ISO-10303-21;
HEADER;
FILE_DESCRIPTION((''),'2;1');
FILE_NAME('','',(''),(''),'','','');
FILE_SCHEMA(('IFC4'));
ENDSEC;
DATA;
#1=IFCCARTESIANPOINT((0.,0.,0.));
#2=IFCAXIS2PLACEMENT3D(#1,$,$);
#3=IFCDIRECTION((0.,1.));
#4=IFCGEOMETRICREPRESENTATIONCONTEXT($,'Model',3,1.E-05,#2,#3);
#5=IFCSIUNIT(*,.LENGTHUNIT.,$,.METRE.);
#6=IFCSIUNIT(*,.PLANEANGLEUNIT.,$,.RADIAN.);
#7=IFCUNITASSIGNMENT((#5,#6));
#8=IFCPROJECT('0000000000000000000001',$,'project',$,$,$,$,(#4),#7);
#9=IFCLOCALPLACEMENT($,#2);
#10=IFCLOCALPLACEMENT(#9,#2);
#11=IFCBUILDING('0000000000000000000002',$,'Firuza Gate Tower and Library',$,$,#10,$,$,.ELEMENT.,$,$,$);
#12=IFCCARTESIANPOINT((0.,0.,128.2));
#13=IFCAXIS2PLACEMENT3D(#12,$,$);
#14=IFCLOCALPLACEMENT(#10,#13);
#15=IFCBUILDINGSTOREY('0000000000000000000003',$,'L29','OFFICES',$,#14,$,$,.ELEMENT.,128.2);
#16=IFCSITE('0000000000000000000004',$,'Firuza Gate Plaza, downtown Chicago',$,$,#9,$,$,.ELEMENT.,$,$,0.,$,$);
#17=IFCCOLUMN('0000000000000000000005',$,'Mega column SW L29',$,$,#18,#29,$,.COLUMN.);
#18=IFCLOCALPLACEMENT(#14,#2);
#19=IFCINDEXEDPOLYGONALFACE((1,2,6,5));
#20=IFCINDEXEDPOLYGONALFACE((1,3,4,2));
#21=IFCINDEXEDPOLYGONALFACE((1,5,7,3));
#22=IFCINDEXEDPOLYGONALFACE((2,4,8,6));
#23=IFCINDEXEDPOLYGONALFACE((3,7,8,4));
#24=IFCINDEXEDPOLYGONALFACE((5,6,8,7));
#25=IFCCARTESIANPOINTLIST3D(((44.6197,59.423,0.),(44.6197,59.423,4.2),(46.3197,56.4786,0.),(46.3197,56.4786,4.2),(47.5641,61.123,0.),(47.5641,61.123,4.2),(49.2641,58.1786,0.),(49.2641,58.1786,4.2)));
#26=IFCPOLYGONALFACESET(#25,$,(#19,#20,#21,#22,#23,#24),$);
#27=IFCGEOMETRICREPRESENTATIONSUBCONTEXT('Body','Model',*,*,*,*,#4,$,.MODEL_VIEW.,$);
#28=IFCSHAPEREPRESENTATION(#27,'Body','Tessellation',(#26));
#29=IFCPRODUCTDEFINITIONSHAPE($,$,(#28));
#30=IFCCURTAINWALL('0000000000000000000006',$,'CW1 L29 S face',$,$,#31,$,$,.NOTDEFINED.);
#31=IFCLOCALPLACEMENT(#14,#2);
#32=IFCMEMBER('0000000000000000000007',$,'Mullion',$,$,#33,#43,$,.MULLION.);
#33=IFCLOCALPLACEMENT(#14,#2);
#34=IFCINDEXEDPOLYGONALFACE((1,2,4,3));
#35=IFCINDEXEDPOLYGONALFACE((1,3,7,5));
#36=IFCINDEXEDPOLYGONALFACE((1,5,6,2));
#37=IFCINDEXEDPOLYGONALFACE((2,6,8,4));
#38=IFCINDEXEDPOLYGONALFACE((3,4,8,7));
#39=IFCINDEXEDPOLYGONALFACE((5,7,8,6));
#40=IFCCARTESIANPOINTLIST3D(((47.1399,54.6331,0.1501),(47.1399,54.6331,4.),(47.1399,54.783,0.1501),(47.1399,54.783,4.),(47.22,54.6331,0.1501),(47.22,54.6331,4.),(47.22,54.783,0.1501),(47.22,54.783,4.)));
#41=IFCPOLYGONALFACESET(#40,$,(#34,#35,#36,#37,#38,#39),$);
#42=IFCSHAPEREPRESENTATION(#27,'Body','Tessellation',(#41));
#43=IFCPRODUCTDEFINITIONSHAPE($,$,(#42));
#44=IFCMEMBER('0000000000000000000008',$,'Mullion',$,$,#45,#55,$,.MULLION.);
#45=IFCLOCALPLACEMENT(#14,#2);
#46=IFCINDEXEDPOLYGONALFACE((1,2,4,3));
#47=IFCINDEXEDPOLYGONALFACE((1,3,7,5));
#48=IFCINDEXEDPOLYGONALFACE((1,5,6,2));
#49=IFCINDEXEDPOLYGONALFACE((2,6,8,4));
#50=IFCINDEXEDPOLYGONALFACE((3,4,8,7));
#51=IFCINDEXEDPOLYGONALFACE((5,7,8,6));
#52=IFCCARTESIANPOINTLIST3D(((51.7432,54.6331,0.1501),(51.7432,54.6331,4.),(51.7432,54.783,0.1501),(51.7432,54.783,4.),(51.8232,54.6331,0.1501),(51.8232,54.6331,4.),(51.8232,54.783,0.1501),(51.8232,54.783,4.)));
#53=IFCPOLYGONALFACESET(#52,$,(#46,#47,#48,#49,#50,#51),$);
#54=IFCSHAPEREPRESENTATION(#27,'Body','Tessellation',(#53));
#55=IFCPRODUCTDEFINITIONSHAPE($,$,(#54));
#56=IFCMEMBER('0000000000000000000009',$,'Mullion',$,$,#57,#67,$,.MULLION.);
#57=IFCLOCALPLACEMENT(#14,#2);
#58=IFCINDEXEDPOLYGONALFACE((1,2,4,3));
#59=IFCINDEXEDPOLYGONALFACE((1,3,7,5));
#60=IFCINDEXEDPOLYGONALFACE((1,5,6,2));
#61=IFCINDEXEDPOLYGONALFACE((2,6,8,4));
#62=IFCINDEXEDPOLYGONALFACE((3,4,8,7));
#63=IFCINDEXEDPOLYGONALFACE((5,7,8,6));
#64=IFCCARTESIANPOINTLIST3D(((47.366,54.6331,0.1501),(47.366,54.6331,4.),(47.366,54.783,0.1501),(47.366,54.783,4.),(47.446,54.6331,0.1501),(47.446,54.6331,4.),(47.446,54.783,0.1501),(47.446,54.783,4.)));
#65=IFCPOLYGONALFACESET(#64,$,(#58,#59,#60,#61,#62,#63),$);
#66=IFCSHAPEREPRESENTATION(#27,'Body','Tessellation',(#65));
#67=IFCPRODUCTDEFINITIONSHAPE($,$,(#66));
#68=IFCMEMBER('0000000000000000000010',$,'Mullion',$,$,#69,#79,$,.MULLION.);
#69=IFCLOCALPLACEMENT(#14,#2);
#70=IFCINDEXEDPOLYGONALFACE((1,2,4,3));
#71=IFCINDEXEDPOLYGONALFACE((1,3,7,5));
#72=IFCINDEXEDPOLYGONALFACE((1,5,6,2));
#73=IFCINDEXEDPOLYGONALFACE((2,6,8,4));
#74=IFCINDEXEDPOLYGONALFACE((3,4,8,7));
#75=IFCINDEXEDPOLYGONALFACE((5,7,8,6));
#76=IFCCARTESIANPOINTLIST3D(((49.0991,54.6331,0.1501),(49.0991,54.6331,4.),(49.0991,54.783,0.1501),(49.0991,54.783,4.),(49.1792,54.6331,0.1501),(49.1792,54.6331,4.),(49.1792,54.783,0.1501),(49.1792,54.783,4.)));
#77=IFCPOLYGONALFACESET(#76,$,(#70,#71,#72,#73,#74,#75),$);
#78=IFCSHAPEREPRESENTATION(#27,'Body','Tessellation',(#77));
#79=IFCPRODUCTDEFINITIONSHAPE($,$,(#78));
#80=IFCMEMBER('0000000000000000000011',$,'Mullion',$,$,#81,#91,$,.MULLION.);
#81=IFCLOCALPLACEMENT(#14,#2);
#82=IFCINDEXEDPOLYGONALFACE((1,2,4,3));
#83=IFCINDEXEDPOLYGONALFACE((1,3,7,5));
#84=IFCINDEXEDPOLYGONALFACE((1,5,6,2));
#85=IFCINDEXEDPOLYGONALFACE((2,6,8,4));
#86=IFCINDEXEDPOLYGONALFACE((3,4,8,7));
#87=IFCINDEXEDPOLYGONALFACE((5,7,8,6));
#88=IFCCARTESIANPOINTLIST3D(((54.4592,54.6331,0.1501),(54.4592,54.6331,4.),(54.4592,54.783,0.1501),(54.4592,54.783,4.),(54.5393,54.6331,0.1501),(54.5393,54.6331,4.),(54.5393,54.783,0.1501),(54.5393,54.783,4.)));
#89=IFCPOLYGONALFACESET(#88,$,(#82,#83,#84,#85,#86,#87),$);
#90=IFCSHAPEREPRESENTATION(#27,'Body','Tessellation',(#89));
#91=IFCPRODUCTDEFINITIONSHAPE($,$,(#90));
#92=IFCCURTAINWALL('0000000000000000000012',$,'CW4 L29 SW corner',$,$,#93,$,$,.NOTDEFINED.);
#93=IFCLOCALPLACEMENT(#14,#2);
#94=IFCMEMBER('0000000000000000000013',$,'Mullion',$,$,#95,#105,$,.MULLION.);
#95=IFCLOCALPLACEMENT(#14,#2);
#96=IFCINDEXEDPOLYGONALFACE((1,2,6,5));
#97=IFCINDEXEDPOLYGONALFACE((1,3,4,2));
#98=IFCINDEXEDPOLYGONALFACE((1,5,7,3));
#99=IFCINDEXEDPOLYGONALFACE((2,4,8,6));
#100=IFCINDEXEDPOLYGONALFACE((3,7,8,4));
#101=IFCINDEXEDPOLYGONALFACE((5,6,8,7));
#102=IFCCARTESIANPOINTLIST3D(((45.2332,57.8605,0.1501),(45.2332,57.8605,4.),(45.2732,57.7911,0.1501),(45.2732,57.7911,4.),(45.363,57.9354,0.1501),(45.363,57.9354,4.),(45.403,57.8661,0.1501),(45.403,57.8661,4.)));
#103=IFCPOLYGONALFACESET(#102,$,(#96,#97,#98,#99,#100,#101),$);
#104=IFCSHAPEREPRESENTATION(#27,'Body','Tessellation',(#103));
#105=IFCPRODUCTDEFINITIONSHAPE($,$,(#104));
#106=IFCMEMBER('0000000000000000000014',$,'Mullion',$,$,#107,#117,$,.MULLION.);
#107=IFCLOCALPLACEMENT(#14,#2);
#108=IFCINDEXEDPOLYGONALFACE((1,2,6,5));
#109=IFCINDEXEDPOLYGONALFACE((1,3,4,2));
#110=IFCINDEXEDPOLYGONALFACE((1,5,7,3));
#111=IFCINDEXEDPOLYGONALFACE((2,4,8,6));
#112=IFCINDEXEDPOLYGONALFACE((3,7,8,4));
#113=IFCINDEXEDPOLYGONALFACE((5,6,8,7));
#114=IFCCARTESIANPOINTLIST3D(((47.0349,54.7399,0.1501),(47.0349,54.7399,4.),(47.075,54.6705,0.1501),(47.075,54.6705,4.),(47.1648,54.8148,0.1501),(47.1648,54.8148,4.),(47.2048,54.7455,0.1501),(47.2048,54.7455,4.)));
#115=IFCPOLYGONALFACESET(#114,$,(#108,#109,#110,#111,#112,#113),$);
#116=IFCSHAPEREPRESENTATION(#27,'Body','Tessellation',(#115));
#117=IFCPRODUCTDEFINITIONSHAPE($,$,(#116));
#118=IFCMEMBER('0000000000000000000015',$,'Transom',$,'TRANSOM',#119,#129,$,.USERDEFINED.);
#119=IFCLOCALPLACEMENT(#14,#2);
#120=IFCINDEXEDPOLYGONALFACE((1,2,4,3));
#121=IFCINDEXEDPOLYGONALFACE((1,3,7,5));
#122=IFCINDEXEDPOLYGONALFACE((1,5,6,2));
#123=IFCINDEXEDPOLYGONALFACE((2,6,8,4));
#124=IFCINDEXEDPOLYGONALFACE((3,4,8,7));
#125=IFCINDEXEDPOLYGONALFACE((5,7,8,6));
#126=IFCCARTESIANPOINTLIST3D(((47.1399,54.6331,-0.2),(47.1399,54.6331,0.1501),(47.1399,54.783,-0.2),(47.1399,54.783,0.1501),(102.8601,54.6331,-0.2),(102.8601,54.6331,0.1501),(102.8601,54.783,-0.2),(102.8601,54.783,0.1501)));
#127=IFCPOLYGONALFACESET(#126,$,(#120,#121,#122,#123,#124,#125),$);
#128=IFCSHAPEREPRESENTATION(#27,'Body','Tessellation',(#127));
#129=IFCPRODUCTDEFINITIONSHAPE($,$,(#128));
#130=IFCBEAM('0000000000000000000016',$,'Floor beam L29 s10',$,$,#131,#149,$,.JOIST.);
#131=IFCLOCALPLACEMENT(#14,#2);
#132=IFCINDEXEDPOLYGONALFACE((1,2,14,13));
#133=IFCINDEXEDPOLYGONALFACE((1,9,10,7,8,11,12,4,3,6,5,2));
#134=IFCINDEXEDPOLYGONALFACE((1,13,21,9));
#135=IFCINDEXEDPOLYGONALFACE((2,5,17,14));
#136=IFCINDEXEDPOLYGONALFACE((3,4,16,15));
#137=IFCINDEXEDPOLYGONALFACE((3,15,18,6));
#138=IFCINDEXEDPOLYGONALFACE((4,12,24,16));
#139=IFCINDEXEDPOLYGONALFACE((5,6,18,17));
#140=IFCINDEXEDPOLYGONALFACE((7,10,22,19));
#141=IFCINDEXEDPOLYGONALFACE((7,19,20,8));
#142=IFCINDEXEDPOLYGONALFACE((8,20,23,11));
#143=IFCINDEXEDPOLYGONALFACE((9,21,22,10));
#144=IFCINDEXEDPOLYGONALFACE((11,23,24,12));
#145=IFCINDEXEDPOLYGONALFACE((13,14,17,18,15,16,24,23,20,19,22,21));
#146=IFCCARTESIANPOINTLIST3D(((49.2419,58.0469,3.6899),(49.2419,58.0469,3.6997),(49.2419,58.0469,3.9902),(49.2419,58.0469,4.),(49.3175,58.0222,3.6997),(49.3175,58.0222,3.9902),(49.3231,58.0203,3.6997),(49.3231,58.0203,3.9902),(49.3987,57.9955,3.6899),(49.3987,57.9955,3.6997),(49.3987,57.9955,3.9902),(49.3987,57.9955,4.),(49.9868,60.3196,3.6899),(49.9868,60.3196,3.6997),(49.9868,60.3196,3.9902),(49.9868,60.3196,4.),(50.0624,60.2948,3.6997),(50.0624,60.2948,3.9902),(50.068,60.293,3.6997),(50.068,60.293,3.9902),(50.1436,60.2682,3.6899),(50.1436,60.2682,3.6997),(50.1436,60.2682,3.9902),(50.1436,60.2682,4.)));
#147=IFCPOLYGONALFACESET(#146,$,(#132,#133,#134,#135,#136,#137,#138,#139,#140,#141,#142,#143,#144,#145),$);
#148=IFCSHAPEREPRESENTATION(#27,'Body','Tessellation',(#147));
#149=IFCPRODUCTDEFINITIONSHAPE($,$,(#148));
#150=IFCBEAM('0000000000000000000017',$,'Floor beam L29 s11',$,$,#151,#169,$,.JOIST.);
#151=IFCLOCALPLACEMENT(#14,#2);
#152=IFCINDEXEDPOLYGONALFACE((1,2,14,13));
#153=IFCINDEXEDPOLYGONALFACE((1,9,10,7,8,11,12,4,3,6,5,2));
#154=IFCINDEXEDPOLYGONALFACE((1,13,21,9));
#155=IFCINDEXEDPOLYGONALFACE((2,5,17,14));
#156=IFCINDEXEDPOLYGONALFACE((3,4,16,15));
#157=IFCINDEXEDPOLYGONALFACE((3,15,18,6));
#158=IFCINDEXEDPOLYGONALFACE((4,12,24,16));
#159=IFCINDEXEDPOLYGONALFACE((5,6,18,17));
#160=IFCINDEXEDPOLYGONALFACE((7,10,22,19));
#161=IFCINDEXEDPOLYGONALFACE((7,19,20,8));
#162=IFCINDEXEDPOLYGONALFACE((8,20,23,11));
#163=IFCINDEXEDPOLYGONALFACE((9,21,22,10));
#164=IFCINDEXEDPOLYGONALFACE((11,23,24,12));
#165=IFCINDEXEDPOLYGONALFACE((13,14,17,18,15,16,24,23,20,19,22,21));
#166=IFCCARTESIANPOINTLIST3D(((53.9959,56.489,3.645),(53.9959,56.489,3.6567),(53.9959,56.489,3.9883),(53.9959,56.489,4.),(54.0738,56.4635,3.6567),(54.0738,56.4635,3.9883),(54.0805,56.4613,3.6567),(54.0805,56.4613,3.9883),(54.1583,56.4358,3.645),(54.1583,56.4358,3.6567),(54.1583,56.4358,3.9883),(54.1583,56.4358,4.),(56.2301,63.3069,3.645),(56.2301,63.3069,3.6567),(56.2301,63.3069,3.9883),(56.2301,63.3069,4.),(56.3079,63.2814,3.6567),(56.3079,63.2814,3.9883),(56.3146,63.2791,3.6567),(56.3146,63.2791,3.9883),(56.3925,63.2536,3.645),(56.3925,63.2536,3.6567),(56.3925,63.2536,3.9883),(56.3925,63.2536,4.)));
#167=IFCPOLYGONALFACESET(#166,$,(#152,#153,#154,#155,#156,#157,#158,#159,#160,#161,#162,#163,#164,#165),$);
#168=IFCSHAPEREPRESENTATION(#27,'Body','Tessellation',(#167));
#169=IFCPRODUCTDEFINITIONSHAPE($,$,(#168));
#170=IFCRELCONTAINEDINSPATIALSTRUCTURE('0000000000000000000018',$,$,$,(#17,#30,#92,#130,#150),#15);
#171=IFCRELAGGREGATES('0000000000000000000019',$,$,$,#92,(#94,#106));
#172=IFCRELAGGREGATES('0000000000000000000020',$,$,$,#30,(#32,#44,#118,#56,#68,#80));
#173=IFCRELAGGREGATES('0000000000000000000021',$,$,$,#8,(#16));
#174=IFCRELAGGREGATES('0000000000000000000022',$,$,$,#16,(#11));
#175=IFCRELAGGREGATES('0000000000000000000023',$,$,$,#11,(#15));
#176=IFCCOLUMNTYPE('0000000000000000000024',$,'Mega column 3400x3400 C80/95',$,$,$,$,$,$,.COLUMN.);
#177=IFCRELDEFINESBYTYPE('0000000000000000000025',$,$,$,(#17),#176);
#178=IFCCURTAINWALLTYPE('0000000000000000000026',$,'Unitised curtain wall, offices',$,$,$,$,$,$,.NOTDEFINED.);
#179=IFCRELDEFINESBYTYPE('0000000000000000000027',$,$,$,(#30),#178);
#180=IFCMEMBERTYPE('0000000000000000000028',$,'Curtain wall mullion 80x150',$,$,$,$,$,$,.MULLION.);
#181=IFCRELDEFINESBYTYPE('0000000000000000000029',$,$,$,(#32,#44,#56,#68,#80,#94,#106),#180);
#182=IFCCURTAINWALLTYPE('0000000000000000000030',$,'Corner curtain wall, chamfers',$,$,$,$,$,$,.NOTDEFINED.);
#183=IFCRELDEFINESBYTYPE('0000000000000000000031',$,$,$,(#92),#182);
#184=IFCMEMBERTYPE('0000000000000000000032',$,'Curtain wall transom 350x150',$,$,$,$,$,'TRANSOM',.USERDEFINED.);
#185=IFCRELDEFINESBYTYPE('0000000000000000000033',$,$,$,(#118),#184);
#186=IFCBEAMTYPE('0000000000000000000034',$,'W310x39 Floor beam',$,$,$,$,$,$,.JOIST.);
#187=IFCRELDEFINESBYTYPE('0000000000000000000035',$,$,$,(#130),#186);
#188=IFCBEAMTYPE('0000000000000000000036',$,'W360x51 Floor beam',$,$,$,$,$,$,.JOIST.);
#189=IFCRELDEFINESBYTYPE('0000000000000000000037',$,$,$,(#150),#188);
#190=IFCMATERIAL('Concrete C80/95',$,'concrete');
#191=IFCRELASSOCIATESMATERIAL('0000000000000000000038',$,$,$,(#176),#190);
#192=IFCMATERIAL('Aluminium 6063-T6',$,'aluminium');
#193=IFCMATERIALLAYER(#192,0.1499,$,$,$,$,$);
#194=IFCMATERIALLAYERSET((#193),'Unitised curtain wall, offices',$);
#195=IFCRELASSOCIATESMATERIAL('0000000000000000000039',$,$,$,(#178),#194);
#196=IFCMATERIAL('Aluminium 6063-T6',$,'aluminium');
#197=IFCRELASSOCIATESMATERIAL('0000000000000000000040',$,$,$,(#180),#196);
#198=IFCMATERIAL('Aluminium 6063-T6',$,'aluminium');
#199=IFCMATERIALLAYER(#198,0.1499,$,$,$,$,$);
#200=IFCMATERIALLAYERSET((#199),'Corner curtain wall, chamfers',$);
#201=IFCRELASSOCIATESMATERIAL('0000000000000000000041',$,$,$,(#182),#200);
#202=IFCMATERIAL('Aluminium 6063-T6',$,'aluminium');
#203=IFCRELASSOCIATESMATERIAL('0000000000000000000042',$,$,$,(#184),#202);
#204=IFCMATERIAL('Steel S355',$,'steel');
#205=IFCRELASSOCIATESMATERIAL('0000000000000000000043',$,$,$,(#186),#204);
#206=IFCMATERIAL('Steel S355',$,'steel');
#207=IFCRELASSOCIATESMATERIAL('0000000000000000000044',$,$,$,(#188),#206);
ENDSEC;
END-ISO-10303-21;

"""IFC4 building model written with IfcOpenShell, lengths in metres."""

from ifc_helpers import new_model, si_unit, direction, frame, origin, origin_2d, place, context, subcontext, project, spatial, rectangle, i_section, extrude, material, layer, layer_set, material_profile, profile_set, type_object, element, aggregate, save


model = new_model("IFC4")

# Units and contexts
model_context = context("Model", 3, precision=1e-05, world=origin(), true_north=direction((0.0, 1.0)))
body_context = subcontext(model_context, "Body", "Model", "MODEL_VIEW")
ifc_project = project(units=[si_unit("LENGTHUNIT", "METRE"), si_unit("PLANEANGLEUNIT", "RADIAN")], contexts=[model_context])

# Site, building, storey
site_placement = place(None, origin())
site = spatial("IfcSite", under=ifc_project, at=site_placement, Name="Firuza Gate Plaza, downtown Chicago", CompositionType="ELEMENT", RefElevation=0.0)
building_placement = place(site_placement, origin())
building = spatial("IfcBuilding", under=site, at=building_placement, Name="Firuza Gate Tower and Library", CompositionType="ELEMENT")
storey_placement = place(building_placement, frame((0.0, 0.0, 128.2)))
storey = spatial("IfcBuildingStorey", under=building, at=storey_placement, Name="L29", Description="OFFICES", CompositionType="ELEMENT", Elevation=128.2)

# Column
ifc_material_1 = material(Name="Concrete C80/95", Category="concrete")
ifc_material_profile_1 = material_profile(ifc_material_1, rectangle(XDim=3.3999, YDim=3.3999, at=origin_2d()))
ifc_profile_set_1 = profile_set([ifc_material_profile_1], Name="Concrete C80/95")
column_type = type_object("IfcColumnType", Name="Mega column 3400x3400 C80/95", PredefinedType="COLUMN", material=ifc_profile_set_1)
column_placement = place(storey_placement, frame((46.9419, 58.8008, 0.0), z_axis=(0.0, 0.0, 1.0), x_axis=(0.5, -0.866025, 0.0)))
element("IfcColumn", 1, at=column_placement, inside=storey, type_object=column_type, Name="Mega column SW L29", PredefinedType="COLUMN", context=body_context, shape_type="SweptSolid", body=[
    extrude(rectangle(XDim=3.3999, YDim=3.3999, at=origin_2d()), origin(), (0.0, 0.0, 1.0), 4.2),
])

# Curtain walls, members
ifc_material_2 = material(Name="Aluminium 6063-T6", Category="aluminium")
ifc_layer_1 = layer(ifc_material_2, 0.1499)
ifc_layer_set_1 = layer_set([ifc_layer_1], Name="Unitised curtain wall, offices")
curtain_wall_type_1 = type_object("IfcCurtainWallType", Name="Unitised curtain wall, offices", PredefinedType="NOTDEFINED", material=ifc_layer_set_1)
placement_1 = place(storey_placement, origin())
curtain_wall_1 = element("IfcCurtainWall", 2, at=placement_1, inside=storey, type_object=curtain_wall_type_1, Name="CW1 L29 S face", PredefinedType="NOTDEFINED")
ifc_material_3 = material(Name="Aluminium 6063-T6", Category="aluminium")
ifc_material_profile_2 = material_profile(ifc_material_3, rectangle(XDim=0.1499, YDim=0.0801, at=origin_2d()))
ifc_profile_set_2 = profile_set([ifc_material_profile_2], Name="Aluminium 6063-T6")
member_type_1 = type_object("IfcMemberType", Name="Curtain wall mullion 80x150", PredefinedType="MULLION", material=ifc_profile_set_2)
member_1_placement = place(storey_placement, frame((47.1799, 54.708, 0.1501), z_axis=(0.0, 0.0, 1.0), x_axis=(0.0, 1.0, 0.0)))
member_1 = element("IfcMember", 3, at=member_1_placement, type_object=member_type_1, Name="Mullion", PredefinedType="MULLION", context=body_context, shape_type="SweptSolid", body=[
    extrude(rectangle(XDim=0.1499, YDim=0.0801, at=origin_2d()), origin(), (0.0, 0.0, 1.0), 3.8499),
])
member_2_placement = place(storey_placement, frame((51.7832, 54.708, 0.1501), z_axis=(0.0, 0.0, 1.0), x_axis=(0.0, 1.0, 0.0)))
member_2 = element("IfcMember", 4, at=member_2_placement, type_object=member_type_1, Name="Mullion", PredefinedType="MULLION", context=body_context, shape_type="SweptSolid", body=[
    extrude(rectangle(XDim=0.1499, YDim=0.0801, at=origin_2d()), origin(), (0.0, 0.0, 1.0), 3.8499),
])
member_3_placement = place(storey_placement, frame((47.406, 54.708, 0.1501), z_axis=(0.0, 0.0, 1.0), x_axis=(0.0, 1.0, 0.0)))
member_3 = element("IfcMember", 5, at=member_3_placement, type_object=member_type_1, Name="Mullion", PredefinedType="MULLION", context=body_context, shape_type="SweptSolid", body=[
    extrude(rectangle(XDim=0.1499, YDim=0.0801, at=origin_2d()), origin(), (0.0, 0.0, 1.0), 3.8499),
])
member_4_placement = place(storey_placement, frame((49.1392, 54.708, 0.1501), z_axis=(0.0, 0.0, 1.0), x_axis=(0.0, 1.0, 0.0)))
member_4 = element("IfcMember", 6, at=member_4_placement, type_object=member_type_1, Name="Mullion", PredefinedType="MULLION", context=body_context, shape_type="SweptSolid", body=[
    extrude(rectangle(XDim=0.1499, YDim=0.0801, at=origin_2d()), origin(), (0.0, 0.0, 1.0), 3.8499),
])
member_5_placement = place(storey_placement, frame((54.4993, 54.708, 0.1501), z_axis=(0.0, 0.0, 1.0), x_axis=(0.0, 1.0, 0.0)))
member_5 = element("IfcMember", 7, at=member_5_placement, type_object=member_type_1, Name="Mullion", PredefinedType="MULLION", context=body_context, shape_type="SweptSolid", body=[
    extrude(rectangle(XDim=0.1499, YDim=0.0801, at=origin_2d()), origin(), (0.0, 0.0, 1.0), 3.8499),
])
ifc_material_4 = material(Name="Aluminium 6063-T6", Category="aluminium")
ifc_layer_2 = layer(ifc_material_4, 0.1499)
ifc_layer_set_2 = layer_set([ifc_layer_2], Name="Corner curtain wall, chamfers")
curtain_wall_type_2 = type_object("IfcCurtainWallType", Name="Corner curtain wall, chamfers", PredefinedType="NOTDEFINED", material=ifc_layer_set_2)
curtain_wall_2 = element("IfcCurtainWall", 8, at=placement_1, inside=storey, type_object=curtain_wall_type_2, Name="CW4 L29 SW corner", PredefinedType="NOTDEFINED")
member_6_placement = place(storey_placement, frame((45.3181, 57.8633, 0.1501), z_axis=(0.0, 0.0, 1.0), x_axis=(0.866025, 0.5, 0.0)))
member_6 = element("IfcMember", 9, at=member_6_placement, type_object=member_type_1, Name="Mullion", PredefinedType="MULLION", context=body_context, shape_type="SweptSolid", body=[
    extrude(rectangle(XDim=0.1499, YDim=0.0801, at=origin_2d()), origin(), (0.0, 0.0, 1.0), 3.8499),
])
member_7_placement = place(storey_placement, frame((47.1199, 54.7427, 0.1501), z_axis=(0.0, 0.0, 1.0), x_axis=(0.866025, 0.5, 0.0)))
member_7 = element("IfcMember", 10, at=member_7_placement, type_object=member_type_1, Name="Mullion", PredefinedType="MULLION", context=body_context, shape_type="SweptSolid", body=[
    extrude(rectangle(XDim=0.1499, YDim=0.0801, at=origin_2d()), origin(), (0.0, 0.0, 1.0), 3.8499),
])

# Member
ifc_material_5 = material(Name="Aluminium 6063-T6", Category="aluminium")
ifc_material_profile_3 = material_profile(ifc_material_5, rectangle(XDim=0.1499, YDim=0.3501, at=origin_2d()))
ifc_profile_set_3 = profile_set([ifc_material_profile_3], Name="Aluminium 6063-T6")
member_type_2 = type_object("IfcMemberType", Name="Curtain wall transom 350x150", ElementType="TRANSOM", PredefinedType="USERDEFINED", material=ifc_profile_set_3)
member_8_placement = place(storey_placement, frame((47.1399, 54.708, -0.0249), z_axis=(1.0, 0.0, 0.0), x_axis=(0.0, 1.0, 0.0)))
member_8 = element("IfcMember", 11, at=member_8_placement, type_object=member_type_2, Name="Transom", ObjectType="TRANSOM", PredefinedType="USERDEFINED", context=body_context, shape_type="SweptSolid", body=[
    extrude(rectangle(XDim=0.1499, YDim=0.3501, at=origin_2d()), origin(), (0.0, 0.0, 1.0), 55.7202),
])

# Beams
ifc_material_6 = material(Name="Steel S355", Category="steel")
ifc_material_profile_4 = material_profile(ifc_material_6, i_section(OverallWidth=0.165, OverallDepth=0.3101, WebThickness=0.0059, FlangeThickness=0.0098, at=origin_2d()))
ifc_profile_set_4 = profile_set([ifc_material_profile_4], Name="Steel S355")
beam_type_1 = type_object("IfcBeamType", Name="W310x39 Floor beam", PredefinedType="JOIST", material=ifc_profile_set_4)
beam_1_placement = place(storey_placement, frame((49.3203, 58.0212, 3.845), z_axis=(0.311446, 0.950264, 0.0), x_axis=(-0.950264, 0.311446, 0.0)))
element("IfcBeam", 12, at=beam_1_placement, inside=storey, type_object=beam_type_1, Name="Floor beam L29 s10", PredefinedType="JOIST", context=body_context, shape_type="SweptSolid", body=[
    extrude(i_section(OverallWidth=0.165, OverallDepth=0.3101, WebThickness=0.0059, FlangeThickness=0.0098, at=origin_2d()), origin(), (0.0, 0.0, 1.0), 2.3916),
])
ifc_material_7 = material(Name="Steel S355", Category="steel")
ifc_material_profile_5 = material_profile(ifc_material_7, i_section(OverallWidth=0.1709, OverallDepth=0.355, WebThickness=0.0071, FlangeThickness=0.0117, at=origin_2d()))
ifc_profile_set_5 = profile_set([ifc_material_profile_5], Name="Steel S355")
beam_type_2 = type_object("IfcBeamType", Name="W360x51 Floor beam", PredefinedType="JOIST", material=ifc_profile_set_5)
beam_2_placement = place(storey_placement, frame((54.0771, 56.4624, 3.8225), z_axis=(0.311395, 0.950281, 0.0), x_axis=(-0.950281, 0.311395, 0.0)))
element("IfcBeam", 13, at=beam_2_placement, inside=storey, type_object=beam_type_2, Name="Floor beam L29 s11", PredefinedType="JOIST", context=body_context, shape_type="SweptSolid", body=[
    extrude(i_section(OverallWidth=0.1709, OverallDepth=0.355, WebThickness=0.0071, FlangeThickness=0.0117, at=origin_2d()), origin(), (0.0, 0.0, 1.0), 7.1746),
])

aggregate(curtain_wall_2, [member_6, member_7])
aggregate(curtain_wall_1, [member_1, member_2, member_8, member_3, member_4, member_5])

save(model, "model.ifc")
